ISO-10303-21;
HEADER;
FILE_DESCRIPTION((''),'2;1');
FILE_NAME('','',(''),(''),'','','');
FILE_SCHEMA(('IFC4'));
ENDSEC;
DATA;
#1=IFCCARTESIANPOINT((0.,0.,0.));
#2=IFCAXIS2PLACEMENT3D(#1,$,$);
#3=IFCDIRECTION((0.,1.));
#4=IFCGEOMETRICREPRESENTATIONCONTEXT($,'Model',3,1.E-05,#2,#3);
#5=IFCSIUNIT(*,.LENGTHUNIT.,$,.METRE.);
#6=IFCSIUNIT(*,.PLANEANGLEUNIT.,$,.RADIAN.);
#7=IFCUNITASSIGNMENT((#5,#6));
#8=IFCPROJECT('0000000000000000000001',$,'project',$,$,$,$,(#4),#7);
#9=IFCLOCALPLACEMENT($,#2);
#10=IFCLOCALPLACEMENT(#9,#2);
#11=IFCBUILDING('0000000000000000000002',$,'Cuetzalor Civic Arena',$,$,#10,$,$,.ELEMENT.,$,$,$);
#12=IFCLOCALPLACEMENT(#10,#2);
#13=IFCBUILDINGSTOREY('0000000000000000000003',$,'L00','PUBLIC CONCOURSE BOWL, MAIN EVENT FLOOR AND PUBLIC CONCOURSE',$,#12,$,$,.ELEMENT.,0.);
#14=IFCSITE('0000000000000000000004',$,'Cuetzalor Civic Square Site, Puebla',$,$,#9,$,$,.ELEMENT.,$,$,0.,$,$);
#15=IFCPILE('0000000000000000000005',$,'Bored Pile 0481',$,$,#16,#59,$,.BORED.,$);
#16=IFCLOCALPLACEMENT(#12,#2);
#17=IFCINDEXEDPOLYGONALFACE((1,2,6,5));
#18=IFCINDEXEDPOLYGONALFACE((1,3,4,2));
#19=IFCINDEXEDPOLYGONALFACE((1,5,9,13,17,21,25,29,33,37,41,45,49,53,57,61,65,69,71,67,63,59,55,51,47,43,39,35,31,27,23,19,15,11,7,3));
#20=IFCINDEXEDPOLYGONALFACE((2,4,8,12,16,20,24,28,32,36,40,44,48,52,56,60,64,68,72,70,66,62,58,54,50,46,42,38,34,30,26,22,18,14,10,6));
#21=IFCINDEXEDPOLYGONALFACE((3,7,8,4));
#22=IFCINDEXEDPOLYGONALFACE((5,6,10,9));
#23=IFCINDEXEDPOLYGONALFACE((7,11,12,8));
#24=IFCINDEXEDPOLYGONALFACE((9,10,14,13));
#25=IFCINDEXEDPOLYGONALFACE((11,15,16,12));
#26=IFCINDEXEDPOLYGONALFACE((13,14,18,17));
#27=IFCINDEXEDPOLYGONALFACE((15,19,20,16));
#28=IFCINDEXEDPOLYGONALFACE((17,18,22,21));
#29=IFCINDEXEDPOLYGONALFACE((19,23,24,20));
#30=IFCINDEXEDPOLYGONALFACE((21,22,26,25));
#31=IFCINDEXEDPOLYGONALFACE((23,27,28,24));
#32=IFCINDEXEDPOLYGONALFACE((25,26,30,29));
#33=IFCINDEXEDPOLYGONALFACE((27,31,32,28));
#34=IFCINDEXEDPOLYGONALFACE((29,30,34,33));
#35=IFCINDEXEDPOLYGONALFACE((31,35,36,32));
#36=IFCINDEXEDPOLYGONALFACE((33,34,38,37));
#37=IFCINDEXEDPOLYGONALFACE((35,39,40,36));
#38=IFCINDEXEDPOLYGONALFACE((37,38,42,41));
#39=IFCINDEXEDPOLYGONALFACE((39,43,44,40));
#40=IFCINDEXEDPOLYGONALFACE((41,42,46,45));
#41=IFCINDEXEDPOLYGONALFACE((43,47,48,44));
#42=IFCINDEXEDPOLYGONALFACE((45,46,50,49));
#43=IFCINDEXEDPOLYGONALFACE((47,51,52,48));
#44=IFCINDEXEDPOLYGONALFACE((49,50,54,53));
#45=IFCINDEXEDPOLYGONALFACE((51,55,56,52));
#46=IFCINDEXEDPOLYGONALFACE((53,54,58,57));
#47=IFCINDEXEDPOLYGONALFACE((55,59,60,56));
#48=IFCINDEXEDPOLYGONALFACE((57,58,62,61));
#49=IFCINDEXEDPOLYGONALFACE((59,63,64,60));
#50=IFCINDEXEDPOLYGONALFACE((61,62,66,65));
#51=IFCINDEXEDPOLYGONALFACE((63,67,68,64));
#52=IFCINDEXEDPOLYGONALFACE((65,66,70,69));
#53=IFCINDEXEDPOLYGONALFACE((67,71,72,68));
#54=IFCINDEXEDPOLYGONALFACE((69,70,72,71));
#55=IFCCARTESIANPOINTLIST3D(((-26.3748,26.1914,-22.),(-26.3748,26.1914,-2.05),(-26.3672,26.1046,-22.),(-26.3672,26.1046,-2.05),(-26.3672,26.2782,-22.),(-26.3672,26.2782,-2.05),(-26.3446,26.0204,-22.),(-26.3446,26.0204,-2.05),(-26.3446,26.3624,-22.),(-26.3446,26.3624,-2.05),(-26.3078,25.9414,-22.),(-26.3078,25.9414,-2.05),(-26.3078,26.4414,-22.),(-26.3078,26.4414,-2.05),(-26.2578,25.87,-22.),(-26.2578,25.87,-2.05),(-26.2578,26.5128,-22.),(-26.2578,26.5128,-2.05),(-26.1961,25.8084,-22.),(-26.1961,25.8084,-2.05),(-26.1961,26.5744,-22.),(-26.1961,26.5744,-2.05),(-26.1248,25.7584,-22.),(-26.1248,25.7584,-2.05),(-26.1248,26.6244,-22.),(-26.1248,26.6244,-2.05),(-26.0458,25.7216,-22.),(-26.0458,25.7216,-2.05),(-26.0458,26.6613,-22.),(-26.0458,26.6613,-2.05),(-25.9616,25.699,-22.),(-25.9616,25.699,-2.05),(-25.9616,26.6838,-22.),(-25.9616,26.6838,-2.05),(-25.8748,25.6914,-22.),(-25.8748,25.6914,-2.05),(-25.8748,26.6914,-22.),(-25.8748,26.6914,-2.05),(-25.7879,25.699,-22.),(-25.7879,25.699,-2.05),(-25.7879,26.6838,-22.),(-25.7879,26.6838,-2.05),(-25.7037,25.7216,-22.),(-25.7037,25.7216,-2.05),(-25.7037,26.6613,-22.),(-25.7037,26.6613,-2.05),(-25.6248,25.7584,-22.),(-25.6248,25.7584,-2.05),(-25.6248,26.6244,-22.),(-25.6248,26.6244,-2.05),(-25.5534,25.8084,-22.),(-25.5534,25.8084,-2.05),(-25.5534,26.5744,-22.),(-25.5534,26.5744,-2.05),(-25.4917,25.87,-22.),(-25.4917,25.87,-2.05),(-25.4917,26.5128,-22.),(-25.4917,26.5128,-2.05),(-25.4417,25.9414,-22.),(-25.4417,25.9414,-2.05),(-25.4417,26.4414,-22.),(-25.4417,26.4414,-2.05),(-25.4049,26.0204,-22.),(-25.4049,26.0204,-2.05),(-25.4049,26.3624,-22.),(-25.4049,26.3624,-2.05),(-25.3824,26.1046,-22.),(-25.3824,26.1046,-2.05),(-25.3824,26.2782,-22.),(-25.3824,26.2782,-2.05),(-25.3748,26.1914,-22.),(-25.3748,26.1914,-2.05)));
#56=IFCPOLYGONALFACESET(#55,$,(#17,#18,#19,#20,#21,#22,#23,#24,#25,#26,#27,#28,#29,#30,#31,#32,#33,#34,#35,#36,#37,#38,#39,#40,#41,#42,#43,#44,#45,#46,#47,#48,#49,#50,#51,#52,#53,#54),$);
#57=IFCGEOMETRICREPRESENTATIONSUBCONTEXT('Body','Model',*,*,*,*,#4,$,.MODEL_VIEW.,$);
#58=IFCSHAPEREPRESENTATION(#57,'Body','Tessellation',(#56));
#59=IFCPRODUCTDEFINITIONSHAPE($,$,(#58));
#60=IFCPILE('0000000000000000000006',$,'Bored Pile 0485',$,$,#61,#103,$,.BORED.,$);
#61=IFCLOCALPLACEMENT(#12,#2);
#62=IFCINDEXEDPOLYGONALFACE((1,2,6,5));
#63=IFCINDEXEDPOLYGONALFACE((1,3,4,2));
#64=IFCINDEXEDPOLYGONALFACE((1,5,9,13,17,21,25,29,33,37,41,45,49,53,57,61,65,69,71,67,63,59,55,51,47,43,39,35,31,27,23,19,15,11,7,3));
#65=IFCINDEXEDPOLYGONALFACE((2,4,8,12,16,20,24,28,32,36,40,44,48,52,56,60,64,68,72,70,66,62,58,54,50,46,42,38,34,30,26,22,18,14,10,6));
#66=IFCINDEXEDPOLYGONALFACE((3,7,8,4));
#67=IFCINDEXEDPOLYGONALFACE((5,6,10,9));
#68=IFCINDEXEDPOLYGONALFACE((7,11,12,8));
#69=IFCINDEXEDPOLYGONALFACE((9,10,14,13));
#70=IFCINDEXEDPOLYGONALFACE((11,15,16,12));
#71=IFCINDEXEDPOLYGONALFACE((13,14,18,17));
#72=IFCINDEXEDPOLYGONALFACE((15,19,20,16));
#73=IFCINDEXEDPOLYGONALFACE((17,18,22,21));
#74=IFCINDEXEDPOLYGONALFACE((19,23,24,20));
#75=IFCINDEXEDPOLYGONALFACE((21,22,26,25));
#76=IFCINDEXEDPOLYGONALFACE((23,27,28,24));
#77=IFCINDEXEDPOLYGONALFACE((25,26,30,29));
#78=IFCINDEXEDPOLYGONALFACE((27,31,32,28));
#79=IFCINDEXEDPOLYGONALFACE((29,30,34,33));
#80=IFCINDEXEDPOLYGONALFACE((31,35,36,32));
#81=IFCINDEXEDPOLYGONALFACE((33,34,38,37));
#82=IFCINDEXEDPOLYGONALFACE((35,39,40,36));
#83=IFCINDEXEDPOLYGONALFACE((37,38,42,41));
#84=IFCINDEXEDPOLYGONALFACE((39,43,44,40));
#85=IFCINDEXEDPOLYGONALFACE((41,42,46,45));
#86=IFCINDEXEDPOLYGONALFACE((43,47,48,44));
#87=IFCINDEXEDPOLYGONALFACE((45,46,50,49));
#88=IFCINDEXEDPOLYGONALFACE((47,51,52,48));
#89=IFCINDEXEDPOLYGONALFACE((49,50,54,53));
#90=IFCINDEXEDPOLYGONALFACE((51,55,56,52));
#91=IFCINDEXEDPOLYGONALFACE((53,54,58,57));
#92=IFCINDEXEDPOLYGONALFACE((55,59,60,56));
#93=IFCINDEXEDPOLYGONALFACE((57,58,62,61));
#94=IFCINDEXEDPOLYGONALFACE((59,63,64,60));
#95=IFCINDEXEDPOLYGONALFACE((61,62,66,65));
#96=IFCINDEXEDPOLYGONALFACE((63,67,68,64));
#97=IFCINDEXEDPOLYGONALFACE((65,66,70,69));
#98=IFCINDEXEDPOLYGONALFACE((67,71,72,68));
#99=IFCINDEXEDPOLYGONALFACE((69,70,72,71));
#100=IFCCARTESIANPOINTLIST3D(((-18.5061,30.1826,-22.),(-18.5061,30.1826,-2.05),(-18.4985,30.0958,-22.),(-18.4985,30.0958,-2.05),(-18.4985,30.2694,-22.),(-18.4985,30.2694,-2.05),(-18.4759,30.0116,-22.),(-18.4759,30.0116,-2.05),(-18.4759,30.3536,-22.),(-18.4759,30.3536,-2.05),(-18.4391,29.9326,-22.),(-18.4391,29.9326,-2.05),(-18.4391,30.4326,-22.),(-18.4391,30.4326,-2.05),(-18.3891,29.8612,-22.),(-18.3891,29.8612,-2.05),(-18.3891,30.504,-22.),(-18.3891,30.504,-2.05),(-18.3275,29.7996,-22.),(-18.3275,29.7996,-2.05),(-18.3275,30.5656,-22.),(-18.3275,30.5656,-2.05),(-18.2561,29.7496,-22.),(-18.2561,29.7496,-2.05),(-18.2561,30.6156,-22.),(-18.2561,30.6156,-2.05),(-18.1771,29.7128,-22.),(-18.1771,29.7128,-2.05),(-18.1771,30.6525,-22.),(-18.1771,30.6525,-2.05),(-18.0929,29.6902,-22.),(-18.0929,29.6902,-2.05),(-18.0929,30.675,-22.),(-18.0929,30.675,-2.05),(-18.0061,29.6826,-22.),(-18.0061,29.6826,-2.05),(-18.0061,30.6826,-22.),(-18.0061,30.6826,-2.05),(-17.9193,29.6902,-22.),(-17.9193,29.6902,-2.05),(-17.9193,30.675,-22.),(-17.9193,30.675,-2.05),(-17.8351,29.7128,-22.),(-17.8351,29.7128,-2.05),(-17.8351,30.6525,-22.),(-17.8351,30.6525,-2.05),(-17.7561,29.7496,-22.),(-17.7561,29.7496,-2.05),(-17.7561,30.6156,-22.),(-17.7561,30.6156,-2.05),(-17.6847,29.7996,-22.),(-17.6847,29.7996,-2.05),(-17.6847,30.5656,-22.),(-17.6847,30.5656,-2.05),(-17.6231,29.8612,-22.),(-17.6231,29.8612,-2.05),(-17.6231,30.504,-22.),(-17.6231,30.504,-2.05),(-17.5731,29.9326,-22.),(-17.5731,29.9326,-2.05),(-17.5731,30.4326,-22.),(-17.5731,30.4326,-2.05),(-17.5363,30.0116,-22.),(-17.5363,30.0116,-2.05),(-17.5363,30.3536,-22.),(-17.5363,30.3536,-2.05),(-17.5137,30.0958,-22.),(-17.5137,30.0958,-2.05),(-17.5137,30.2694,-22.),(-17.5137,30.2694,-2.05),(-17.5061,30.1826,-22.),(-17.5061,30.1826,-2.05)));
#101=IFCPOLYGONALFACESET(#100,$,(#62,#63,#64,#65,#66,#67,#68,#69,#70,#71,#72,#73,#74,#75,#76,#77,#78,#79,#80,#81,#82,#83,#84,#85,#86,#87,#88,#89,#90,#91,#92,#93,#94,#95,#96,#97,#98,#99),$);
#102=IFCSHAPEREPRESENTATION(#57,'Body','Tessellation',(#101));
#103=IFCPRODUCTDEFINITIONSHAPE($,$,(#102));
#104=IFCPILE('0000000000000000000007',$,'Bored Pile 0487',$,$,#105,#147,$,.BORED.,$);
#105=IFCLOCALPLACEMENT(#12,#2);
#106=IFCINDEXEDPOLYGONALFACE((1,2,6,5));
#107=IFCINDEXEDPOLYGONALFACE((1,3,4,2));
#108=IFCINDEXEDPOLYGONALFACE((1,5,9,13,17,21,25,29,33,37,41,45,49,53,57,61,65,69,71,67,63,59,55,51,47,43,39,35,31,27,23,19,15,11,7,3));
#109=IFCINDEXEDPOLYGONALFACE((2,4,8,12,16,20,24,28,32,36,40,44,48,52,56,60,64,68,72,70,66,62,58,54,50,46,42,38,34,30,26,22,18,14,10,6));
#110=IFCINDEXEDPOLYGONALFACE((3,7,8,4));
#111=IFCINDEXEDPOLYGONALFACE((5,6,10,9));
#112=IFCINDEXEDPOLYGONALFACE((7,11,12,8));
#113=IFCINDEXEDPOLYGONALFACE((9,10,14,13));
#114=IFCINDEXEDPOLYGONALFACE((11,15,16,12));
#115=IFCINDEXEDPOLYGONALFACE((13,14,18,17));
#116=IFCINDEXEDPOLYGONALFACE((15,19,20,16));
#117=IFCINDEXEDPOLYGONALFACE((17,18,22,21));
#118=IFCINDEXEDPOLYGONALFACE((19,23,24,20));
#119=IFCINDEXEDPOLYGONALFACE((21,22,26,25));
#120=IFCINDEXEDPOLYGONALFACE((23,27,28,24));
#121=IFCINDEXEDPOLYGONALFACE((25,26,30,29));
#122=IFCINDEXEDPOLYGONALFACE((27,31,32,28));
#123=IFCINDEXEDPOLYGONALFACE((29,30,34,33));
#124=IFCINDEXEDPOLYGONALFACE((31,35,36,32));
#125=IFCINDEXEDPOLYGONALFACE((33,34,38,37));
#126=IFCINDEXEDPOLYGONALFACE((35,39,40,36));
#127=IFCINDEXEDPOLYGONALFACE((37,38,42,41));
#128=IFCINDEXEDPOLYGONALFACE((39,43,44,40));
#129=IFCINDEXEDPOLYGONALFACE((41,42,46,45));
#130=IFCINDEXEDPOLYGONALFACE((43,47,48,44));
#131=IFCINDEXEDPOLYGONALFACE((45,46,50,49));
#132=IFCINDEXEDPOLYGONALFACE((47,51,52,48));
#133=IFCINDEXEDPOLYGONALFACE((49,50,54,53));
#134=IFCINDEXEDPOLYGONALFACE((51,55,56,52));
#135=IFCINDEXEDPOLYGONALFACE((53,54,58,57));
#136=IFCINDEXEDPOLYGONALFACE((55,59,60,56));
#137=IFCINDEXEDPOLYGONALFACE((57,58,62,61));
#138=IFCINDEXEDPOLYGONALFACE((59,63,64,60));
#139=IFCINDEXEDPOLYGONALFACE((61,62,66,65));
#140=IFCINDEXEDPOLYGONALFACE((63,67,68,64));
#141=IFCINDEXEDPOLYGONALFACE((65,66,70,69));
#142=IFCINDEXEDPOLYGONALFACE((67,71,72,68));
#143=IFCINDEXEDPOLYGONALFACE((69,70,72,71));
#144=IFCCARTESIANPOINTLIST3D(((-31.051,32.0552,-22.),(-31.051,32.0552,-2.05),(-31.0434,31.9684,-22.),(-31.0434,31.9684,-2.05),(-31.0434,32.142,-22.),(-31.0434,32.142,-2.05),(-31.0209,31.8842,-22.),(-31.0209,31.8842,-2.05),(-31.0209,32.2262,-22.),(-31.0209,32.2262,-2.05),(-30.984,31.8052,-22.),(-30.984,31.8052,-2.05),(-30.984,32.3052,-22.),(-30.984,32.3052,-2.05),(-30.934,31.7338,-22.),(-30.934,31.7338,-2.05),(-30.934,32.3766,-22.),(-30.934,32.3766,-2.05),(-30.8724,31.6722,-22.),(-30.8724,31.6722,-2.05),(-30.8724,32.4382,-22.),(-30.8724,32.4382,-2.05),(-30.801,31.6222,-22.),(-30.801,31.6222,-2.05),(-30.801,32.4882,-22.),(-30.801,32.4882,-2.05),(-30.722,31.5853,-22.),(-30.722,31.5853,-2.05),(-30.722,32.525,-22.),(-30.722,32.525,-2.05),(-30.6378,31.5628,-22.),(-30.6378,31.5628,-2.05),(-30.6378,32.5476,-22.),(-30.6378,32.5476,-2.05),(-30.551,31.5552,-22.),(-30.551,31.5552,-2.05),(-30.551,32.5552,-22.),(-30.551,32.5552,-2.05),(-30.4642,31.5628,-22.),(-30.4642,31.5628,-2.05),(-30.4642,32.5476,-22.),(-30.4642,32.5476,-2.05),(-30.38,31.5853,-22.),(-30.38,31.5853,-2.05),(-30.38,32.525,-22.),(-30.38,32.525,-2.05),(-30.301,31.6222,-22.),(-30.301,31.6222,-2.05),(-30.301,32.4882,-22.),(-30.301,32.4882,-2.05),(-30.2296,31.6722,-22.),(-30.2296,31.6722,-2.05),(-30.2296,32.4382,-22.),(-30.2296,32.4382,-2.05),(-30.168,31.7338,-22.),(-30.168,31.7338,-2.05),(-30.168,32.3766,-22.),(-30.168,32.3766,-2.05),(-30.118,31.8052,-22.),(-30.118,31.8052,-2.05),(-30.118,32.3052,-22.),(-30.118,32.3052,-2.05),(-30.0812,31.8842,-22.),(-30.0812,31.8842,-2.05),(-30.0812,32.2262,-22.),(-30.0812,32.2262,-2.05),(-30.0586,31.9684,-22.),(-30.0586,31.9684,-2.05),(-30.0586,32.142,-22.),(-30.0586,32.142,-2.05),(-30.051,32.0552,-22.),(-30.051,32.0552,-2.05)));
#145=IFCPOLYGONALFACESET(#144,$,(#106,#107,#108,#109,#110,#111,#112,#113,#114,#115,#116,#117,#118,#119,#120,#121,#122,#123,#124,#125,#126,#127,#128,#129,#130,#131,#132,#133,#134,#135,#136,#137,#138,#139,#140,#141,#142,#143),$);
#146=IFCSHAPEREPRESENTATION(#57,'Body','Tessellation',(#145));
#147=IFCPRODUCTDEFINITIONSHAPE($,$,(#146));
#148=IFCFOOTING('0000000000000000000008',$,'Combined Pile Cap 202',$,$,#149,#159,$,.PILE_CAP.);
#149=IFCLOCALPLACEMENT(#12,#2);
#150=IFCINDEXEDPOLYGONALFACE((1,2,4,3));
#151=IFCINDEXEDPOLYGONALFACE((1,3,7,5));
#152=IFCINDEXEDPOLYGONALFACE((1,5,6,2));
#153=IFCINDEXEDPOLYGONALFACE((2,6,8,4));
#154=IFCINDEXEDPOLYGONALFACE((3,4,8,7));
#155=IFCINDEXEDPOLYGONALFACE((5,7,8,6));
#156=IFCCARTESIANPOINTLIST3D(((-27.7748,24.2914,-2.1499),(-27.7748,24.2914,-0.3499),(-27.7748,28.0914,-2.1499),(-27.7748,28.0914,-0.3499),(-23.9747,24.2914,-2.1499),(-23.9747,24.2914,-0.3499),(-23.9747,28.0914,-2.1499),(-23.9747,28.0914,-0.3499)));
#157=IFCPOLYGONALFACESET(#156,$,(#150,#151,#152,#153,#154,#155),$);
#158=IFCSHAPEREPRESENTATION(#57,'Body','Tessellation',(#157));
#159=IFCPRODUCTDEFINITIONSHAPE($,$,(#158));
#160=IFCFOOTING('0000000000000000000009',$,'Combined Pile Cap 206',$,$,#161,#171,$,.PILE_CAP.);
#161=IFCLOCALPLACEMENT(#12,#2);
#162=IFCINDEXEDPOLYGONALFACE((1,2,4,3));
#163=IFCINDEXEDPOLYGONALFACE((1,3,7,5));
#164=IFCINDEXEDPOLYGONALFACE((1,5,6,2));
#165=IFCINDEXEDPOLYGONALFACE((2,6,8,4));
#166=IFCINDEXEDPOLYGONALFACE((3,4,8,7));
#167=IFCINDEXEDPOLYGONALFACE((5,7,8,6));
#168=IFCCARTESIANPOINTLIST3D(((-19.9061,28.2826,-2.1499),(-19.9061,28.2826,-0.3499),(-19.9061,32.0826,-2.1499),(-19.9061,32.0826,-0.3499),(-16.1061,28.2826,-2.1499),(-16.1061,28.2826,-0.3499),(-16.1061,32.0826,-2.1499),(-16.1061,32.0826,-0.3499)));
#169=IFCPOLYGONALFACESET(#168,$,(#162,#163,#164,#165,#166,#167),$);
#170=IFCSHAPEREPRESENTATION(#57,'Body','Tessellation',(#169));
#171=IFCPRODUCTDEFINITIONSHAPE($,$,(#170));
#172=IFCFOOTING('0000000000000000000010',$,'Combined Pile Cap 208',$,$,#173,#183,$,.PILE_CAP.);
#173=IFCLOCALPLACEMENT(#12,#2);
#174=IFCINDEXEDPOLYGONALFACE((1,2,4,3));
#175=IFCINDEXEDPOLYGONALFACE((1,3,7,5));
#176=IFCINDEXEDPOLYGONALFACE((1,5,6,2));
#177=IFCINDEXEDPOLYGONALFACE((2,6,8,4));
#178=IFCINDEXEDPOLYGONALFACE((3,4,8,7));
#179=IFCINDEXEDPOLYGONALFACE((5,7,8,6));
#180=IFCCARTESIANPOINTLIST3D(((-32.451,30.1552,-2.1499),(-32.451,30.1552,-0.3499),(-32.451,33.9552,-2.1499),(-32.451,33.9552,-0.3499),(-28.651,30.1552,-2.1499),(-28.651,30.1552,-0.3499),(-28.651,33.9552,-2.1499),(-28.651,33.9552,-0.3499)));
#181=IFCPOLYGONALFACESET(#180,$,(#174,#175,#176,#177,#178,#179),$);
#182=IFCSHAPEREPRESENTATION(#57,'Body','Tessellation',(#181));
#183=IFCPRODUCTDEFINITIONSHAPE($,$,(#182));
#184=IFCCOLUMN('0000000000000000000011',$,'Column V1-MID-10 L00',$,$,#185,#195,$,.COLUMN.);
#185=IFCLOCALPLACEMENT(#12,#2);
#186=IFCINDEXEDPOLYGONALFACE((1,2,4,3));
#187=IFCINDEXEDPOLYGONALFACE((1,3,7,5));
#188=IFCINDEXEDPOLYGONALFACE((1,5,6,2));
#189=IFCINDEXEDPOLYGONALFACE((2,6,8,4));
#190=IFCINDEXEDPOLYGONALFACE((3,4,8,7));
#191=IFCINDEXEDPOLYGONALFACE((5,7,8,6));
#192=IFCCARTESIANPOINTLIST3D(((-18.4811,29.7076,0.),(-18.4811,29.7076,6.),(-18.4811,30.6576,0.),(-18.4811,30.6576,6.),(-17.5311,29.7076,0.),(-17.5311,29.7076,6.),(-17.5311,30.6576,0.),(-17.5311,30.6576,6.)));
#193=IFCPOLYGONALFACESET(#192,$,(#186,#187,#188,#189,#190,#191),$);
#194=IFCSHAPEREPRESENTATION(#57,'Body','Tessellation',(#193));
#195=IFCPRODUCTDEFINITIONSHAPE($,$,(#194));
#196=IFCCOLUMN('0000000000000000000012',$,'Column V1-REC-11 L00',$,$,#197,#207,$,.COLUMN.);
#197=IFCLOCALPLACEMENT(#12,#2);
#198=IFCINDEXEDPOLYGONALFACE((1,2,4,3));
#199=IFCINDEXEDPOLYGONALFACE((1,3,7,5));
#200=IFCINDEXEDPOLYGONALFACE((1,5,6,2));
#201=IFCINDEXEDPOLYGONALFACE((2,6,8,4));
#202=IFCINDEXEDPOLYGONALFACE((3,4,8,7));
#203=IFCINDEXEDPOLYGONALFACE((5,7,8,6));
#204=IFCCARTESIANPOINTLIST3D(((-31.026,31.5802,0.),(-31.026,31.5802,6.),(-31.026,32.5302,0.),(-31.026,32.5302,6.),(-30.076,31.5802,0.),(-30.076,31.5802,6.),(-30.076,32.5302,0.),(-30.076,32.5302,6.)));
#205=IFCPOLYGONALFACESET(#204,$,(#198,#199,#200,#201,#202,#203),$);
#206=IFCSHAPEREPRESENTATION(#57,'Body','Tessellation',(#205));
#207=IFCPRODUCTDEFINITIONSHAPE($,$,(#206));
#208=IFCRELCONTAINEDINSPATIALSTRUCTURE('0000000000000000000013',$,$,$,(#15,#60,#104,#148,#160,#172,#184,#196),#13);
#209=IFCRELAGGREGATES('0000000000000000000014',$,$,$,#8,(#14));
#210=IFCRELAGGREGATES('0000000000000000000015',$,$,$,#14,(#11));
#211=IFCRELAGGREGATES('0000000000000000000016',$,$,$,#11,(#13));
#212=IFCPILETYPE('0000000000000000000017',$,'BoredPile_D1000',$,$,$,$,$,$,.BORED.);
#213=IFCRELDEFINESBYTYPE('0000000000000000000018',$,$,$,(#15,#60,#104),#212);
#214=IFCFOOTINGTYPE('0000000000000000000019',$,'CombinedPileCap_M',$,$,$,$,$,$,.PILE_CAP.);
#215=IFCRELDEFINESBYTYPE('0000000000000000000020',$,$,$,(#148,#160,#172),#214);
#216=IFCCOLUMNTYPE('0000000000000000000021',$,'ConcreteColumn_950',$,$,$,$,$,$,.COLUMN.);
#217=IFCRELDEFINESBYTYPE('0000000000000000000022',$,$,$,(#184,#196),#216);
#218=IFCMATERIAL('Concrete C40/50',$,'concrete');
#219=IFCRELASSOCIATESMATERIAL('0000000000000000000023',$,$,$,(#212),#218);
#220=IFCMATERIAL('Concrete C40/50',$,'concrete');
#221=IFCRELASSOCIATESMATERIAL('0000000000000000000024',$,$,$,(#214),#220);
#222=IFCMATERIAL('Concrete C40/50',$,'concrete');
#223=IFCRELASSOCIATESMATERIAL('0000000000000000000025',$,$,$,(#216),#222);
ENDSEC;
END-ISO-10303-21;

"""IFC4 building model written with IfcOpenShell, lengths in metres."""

from ifc_helpers import new_model, si_unit, direction, frame, origin, origin_2d, place, context, subcontext, project, spatial, rectangle, circle, extrude, material, material_profile, profile_set, type_object, element, save


model = new_model("IFC4")

# Units and contexts
model_context = context("Model", 3, precision=1e-05, world=origin(), true_north=direction((0.0, 1.0)))
body_context = subcontext(model_context, "Body", "Model", "MODEL_VIEW")
ifc_project = project(units=[si_unit("LENGTHUNIT", "METRE"), si_unit("PLANEANGLEUNIT", "RADIAN")], contexts=[model_context])

# Site, building, storey
site_placement = place(None, origin())
site = spatial("IfcSite", under=ifc_project, at=site_placement, Name="Cuetzalor Civic Square Site, Puebla", CompositionType="ELEMENT", RefElevation=0.0)
building_placement = place(site_placement, origin())
building = spatial("IfcBuilding", under=site, at=building_placement, Name="Cuetzalor Civic Arena", CompositionType="ELEMENT")
storey_placement = place(building_placement, origin())
storey = spatial("IfcBuildingStorey", under=building, at=storey_placement, Name="L00", Description="PUBLIC CONCOURSE BOWL, MAIN EVENT FLOOR AND PUBLIC CONCOURSE", CompositionType="ELEMENT", Elevation=0.0)

# Piles
ifc_material_1 = material(Name="Concrete C40/50", Category="concrete")
ifc_material_profile_1 = material_profile(ifc_material_1, circle(Radius=0.5, at=origin_2d()), Name="BORED PILE D1000")
ifc_profile_set_1 = profile_set([ifc_material_profile_1], Name="Concrete C40/50")
pile_type = type_object("IfcPileType", Name="BoredPile_D1000", PredefinedType="BORED", material=ifc_profile_set_1)
for number, where, z_axis, x_axis, name in (
    (1, (-25.8748, 26.1914, -2.05), (0.0, 0.0, -1.0), (1.0, 0.0, 0.0), "Bored Pile 0481"),
    (2, (-18.0061, 30.1826, -2.05), (0.0, 0.0, -1.0), (1.0, 0.0, 0.0), "Bored Pile 0485"),
    (3, (-30.551, 32.0552, -2.05), (0.0, 0.0, -1.0), (1.0, 0.0, 0.0), "Bored Pile 0487"),
):
    element("IfcPile", number, at=place(storey_placement, frame(where, z_axis=z_axis, x_axis=x_axis)), inside=storey, type_object=pile_type, Name=name, PredefinedType="BORED", context=body_context, shape_type="SweptSolid", body=[
        extrude(circle(Radius=0.5, at=origin_2d()), origin(), (0.0, 0.0, 1.0), 19.95),
    ])

# Footings
ifc_material_2 = material(Name="Concrete C40/50", Category="concrete")
footing_type = type_object("IfcFootingType", Name="CombinedPileCap_M", PredefinedType="PILE_CAP", material=ifc_material_2)
for number, where, z_axis, x_axis, name in (
    (4, (-25.8748, 26.1914, -2.1499), (0.0, 0.0, 1.0), (1.0, 0.0, 0.0), "Combined Pile Cap 202"),
    (5, (-18.0061, 30.1826, -2.1499), (0.0, 0.0, 1.0), (1.0, 0.0, 0.0), "Combined Pile Cap 206"),
    (6, (-30.551, 32.0552, -2.1499), (0.0, 0.0, 1.0), (1.0, 0.0, 0.0), "Combined Pile Cap 208"),
):
    element("IfcFooting", number, at=place(storey_placement, frame(where, z_axis=z_axis, x_axis=x_axis)), inside=storey, type_object=footing_type, Name=name, PredefinedType="PILE_CAP", context=body_context, shape_type="SweptSolid", body=[
        extrude(rectangle(XDim=3.8, YDim=3.8, at=origin_2d()), origin(), (0.0, 0.0, 1.0), 1.8),
    ])

# Columns
ifc_material_3 = material(Name="Concrete C40/50", Category="concrete")
ifc_material_profile_2 = material_profile(ifc_material_3, rectangle(XDim=0.95, YDim=0.95, at=origin_2d()), Name="RC 950x950")
ifc_profile_set_2 = profile_set([ifc_material_profile_2], Name="Concrete C40/50")
column_type = type_object("IfcColumnType", Name="ConcreteColumn_950", PredefinedType="COLUMN", material=ifc_profile_set_2)
for number, where, z_axis, x_axis, name in (
    (7, (-18.0061, 30.1826, 0.0), (0.0, 0.0, 1.0), (1.0, 0.0, 0.0), "Column V1-MID-10 L00"),
    (8, (-30.551, 32.0552, 0.0), (0.0, 0.0, 1.0), (1.0, 0.0, 0.0), "Column V1-REC-11 L00"),
):
    element("IfcColumn", number, at=place(storey_placement, frame(where, z_axis=z_axis, x_axis=x_axis)), inside=storey, type_object=column_type, Name=name, PredefinedType="COLUMN", context=body_context, shape_type="SweptSolid", body=[
        extrude(rectangle(XDim=0.95, YDim=0.95, at=origin_2d()), origin(), (0.0, 0.0, 1.0), 6.0),
    ])

save(model, "model.ifc")
